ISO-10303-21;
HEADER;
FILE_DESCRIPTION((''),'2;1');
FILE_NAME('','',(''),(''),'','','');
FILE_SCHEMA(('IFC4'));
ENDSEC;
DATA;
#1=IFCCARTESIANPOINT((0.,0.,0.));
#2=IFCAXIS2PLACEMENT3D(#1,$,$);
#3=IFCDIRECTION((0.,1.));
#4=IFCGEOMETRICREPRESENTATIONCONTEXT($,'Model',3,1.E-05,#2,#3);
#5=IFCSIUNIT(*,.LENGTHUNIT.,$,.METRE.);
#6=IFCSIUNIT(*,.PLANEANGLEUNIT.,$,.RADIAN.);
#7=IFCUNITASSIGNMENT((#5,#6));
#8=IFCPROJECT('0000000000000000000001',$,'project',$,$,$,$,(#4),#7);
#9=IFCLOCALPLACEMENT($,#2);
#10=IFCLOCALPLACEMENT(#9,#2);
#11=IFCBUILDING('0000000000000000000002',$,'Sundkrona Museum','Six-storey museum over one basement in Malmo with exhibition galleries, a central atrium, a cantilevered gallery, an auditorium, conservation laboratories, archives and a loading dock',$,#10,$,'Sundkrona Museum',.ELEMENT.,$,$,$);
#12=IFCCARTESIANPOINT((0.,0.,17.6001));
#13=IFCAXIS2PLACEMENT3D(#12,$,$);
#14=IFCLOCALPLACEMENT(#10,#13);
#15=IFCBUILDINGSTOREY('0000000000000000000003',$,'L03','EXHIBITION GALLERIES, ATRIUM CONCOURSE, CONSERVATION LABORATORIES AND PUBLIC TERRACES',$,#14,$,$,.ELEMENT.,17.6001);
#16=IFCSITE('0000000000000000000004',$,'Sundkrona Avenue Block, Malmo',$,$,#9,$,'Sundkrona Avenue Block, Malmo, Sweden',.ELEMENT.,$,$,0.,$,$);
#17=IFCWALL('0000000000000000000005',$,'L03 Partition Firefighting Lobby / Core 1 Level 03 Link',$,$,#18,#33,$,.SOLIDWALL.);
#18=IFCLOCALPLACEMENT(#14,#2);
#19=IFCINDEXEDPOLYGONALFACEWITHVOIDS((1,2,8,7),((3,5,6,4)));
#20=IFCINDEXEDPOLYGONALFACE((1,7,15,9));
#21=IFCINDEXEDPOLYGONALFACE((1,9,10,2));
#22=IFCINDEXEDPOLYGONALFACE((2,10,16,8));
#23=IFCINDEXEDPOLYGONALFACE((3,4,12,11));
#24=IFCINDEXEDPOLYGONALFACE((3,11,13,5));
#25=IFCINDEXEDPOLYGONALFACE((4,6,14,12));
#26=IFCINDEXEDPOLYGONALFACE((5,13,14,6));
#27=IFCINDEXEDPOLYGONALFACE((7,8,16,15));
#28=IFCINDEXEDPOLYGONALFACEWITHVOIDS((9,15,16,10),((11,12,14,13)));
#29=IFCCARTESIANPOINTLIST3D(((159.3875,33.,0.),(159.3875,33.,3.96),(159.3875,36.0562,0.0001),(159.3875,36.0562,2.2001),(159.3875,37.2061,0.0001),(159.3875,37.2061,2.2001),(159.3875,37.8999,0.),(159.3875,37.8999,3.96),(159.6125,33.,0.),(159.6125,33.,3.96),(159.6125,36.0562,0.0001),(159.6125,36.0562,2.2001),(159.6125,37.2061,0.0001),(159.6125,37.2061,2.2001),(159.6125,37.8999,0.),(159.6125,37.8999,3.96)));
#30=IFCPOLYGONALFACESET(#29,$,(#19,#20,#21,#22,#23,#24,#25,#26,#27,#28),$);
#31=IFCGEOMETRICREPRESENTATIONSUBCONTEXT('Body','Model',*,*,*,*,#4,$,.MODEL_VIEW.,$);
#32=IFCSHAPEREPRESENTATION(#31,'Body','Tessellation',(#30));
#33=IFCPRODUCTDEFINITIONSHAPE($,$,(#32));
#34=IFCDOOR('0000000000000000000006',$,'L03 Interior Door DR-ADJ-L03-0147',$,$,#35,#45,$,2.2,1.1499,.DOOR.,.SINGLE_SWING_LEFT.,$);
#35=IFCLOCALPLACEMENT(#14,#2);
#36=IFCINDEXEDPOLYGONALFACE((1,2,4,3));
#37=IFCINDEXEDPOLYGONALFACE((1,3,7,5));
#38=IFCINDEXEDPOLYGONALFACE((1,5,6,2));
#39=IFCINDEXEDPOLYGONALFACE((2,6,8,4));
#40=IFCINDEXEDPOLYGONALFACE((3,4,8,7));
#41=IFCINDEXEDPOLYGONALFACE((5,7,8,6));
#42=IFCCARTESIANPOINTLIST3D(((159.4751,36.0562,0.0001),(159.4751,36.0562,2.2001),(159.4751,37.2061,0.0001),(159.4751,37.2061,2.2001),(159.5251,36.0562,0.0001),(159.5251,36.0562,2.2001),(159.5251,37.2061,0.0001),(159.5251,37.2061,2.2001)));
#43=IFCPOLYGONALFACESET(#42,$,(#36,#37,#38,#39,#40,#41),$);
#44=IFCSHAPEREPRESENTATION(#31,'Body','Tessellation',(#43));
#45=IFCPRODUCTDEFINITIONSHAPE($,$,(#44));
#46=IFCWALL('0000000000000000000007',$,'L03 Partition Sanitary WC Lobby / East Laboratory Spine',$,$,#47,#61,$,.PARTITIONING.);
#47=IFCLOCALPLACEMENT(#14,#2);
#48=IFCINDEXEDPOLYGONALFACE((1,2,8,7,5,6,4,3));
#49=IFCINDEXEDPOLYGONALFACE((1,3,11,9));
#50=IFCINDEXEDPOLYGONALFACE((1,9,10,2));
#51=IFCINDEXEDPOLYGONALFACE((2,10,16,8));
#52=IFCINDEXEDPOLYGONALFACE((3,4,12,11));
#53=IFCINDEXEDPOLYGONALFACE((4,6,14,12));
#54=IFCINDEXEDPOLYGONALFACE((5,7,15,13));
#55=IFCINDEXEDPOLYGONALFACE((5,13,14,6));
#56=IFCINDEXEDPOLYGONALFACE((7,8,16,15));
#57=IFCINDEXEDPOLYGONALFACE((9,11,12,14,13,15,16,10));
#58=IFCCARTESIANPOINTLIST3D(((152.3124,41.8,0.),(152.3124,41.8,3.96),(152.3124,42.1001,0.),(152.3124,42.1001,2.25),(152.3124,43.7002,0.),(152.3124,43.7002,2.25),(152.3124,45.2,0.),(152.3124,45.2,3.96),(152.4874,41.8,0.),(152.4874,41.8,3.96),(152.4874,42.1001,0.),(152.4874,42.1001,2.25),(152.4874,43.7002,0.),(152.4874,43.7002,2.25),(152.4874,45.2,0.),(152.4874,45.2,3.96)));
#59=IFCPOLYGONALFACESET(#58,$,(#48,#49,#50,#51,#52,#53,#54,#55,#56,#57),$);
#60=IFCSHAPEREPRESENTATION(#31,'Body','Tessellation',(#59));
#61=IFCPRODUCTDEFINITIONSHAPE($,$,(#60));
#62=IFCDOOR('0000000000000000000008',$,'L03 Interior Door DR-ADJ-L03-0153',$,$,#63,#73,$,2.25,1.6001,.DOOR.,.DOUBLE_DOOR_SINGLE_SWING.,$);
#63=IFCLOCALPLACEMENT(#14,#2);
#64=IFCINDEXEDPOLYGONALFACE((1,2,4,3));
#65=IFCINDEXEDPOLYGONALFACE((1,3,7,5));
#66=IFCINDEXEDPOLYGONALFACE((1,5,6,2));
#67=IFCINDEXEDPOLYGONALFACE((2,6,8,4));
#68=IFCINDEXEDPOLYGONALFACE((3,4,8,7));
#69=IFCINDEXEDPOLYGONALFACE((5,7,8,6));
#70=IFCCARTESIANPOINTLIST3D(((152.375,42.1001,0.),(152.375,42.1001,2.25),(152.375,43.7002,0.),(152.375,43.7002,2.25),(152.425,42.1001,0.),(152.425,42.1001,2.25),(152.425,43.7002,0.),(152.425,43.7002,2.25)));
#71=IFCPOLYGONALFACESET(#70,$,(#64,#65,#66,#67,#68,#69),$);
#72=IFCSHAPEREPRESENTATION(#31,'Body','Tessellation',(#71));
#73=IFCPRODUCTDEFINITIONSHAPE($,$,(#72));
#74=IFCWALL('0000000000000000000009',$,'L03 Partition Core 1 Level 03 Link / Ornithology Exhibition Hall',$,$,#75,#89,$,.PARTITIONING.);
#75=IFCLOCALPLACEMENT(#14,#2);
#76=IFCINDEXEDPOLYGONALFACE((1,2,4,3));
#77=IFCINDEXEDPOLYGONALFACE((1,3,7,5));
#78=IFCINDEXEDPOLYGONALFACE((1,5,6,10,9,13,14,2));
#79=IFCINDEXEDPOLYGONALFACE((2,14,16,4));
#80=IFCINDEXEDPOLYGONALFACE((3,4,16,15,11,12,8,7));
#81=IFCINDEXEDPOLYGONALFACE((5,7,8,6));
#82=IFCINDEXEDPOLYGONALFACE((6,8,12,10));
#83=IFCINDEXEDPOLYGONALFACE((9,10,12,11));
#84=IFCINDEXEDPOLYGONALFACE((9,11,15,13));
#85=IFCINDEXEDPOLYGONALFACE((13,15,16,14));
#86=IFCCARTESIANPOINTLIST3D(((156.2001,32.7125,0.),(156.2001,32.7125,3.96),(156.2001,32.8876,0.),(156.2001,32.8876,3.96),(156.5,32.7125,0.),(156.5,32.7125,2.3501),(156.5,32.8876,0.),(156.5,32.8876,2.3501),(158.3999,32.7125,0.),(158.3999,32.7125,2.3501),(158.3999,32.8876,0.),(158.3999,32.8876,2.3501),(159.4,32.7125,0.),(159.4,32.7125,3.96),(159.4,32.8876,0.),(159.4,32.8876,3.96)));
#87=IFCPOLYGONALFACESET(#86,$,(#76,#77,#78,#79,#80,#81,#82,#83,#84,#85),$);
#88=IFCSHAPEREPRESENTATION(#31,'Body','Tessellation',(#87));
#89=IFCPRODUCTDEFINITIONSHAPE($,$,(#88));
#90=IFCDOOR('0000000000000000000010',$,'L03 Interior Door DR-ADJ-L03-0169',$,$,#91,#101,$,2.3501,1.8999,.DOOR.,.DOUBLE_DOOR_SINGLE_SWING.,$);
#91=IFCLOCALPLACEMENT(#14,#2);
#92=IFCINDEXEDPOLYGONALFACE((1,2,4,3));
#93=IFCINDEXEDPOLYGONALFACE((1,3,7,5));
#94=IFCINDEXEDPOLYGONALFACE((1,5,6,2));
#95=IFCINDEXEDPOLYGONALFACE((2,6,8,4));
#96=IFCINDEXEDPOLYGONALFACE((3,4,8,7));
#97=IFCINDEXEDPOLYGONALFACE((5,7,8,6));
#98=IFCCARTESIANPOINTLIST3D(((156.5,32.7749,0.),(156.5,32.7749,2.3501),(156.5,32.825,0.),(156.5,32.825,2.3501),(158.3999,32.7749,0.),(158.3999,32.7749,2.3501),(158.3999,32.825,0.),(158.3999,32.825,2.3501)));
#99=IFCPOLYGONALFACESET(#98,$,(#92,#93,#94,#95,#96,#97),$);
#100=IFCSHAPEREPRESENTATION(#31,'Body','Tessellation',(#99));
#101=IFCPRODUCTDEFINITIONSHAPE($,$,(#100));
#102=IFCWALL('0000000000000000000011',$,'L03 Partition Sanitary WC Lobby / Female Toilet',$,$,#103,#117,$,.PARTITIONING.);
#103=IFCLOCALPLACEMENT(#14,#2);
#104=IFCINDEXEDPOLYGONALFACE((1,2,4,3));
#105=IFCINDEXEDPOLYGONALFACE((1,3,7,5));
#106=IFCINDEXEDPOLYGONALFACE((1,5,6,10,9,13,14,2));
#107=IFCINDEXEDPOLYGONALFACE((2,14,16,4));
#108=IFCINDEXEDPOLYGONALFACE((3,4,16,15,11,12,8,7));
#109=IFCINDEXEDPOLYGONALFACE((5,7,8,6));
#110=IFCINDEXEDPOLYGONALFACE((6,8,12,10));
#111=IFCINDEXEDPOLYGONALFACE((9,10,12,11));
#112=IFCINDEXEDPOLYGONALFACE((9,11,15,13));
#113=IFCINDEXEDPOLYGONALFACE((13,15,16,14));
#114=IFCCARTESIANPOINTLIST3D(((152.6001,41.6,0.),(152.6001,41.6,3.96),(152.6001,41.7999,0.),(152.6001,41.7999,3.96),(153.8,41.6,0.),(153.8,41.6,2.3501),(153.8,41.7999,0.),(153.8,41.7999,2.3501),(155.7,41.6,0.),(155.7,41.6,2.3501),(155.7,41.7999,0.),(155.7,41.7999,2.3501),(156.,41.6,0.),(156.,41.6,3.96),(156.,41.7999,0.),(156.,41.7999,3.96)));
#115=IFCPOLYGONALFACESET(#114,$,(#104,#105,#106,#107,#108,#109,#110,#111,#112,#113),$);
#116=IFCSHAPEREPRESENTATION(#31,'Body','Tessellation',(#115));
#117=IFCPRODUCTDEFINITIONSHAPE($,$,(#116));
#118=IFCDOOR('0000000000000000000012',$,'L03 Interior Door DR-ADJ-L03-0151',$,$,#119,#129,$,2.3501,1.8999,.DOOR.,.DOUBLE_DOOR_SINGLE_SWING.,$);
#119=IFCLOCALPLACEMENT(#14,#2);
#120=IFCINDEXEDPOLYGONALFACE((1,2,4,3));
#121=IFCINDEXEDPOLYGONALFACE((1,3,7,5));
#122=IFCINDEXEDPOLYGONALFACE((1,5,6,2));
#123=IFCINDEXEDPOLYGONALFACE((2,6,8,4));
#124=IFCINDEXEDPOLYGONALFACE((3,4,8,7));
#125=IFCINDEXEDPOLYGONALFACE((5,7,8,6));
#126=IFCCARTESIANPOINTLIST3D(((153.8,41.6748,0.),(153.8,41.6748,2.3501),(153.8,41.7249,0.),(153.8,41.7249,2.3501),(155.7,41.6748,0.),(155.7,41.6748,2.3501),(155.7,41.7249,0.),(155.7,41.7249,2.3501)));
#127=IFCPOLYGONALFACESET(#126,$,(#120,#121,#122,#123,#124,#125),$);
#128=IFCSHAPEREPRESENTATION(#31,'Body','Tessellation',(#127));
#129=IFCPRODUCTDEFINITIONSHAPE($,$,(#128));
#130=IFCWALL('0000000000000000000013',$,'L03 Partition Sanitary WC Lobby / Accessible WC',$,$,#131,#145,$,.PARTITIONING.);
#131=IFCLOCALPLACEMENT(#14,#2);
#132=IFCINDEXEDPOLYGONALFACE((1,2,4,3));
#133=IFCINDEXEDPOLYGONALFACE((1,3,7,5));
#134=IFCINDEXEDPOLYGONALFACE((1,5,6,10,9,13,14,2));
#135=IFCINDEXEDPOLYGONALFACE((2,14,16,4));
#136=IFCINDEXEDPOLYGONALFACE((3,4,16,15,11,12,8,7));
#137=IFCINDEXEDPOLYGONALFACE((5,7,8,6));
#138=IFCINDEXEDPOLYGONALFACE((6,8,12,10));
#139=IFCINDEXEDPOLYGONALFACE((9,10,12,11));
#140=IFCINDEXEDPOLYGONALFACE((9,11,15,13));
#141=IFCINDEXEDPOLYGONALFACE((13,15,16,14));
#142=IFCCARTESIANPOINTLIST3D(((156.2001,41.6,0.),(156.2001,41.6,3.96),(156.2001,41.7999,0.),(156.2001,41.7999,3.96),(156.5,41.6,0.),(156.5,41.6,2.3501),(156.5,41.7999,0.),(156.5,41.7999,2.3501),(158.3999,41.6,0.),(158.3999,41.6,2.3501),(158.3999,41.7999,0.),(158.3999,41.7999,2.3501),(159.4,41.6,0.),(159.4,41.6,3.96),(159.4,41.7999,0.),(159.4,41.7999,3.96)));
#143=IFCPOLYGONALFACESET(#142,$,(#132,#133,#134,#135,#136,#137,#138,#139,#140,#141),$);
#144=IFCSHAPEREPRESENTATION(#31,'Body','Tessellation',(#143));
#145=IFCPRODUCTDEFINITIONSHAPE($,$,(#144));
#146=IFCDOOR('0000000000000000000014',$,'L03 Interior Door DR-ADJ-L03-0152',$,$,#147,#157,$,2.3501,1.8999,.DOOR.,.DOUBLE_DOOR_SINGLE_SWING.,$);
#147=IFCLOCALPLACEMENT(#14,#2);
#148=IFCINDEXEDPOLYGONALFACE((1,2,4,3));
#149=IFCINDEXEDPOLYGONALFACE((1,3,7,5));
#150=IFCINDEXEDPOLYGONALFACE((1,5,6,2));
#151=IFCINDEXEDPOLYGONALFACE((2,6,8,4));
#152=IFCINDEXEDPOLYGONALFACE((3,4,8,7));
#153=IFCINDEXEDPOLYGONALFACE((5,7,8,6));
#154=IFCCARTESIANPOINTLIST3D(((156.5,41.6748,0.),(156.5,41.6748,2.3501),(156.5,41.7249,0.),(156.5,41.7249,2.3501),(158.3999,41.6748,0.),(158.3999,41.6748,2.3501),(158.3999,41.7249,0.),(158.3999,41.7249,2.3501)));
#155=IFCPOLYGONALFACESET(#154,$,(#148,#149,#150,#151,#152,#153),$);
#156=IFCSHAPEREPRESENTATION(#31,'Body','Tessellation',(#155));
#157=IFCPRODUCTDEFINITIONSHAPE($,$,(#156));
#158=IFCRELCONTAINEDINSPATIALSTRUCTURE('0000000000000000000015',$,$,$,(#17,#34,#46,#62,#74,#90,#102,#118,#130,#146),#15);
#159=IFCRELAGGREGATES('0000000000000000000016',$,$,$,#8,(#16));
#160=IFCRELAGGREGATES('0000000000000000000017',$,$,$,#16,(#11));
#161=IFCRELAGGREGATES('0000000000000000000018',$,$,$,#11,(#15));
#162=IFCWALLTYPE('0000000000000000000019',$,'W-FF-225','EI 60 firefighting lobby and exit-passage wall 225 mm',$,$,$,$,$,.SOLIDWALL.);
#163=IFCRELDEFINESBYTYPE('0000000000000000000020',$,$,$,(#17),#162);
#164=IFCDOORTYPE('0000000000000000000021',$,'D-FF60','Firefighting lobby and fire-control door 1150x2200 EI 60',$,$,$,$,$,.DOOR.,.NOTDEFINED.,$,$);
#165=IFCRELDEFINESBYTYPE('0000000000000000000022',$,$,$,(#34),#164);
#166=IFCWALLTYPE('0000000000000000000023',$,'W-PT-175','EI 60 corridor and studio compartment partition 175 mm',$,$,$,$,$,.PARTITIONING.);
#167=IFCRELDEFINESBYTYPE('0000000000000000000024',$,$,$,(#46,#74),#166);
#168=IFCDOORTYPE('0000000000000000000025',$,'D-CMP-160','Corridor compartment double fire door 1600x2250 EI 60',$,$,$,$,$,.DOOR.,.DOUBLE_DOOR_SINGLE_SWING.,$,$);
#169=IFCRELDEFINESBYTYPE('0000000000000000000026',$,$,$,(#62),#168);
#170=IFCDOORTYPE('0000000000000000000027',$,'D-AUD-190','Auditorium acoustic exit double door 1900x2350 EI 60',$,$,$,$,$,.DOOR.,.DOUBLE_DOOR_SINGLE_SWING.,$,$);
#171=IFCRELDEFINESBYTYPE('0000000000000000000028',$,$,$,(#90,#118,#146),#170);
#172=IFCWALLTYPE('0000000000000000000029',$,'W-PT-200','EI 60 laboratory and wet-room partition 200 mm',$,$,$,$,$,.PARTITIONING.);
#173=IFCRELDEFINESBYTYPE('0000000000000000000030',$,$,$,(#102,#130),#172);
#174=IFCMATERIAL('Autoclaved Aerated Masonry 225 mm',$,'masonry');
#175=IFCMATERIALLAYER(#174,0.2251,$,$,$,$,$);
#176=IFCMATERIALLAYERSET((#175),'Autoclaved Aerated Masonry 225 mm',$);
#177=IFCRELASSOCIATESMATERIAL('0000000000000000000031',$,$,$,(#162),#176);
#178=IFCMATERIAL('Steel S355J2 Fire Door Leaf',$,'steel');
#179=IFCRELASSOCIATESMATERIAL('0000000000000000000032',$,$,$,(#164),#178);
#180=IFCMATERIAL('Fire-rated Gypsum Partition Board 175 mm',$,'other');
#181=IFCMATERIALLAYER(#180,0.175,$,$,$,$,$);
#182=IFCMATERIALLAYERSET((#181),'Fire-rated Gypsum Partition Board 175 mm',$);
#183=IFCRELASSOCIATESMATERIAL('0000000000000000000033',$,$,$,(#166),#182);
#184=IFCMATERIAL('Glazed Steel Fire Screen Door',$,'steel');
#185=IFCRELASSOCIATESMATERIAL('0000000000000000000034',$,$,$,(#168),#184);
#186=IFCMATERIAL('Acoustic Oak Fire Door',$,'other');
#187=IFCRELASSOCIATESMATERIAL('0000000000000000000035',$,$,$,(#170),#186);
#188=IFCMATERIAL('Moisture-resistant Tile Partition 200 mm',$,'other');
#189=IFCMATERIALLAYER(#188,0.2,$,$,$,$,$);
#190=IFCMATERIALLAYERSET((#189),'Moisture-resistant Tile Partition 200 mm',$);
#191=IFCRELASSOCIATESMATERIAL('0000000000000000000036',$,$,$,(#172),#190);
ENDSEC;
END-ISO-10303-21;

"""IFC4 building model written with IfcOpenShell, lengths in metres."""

from ifc_helpers import new_model, si_unit, direction, frame, frame_2d, origin, place, context, subcontext, project, spatial, rectangle, extrude, material, layer, layer_set, type_object, element, fill, save


model = new_model("IFC4")

# Units and contexts
model_context = context("Model", 3, precision=1e-05, world=origin(), true_north=direction((0.0, 1.0)))
body_context = subcontext(model_context, "Body", "Model", "MODEL_VIEW")
ifc_project = project(units=[si_unit("LENGTHUNIT", "METRE"), si_unit("PLANEANGLEUNIT", "RADIAN")], contexts=[model_context])

# Site, building, storey
site_placement = place(None, origin())
site = spatial("IfcSite", under=ifc_project, at=site_placement, Name="Sundkrona Avenue Block, Malmo", LongName="Sundkrona Avenue Block, Malmo, Sweden", CompositionType="ELEMENT", RefElevation=0.0)
building_placement = place(site_placement, origin())
building = spatial("IfcBuilding", under=site, at=building_placement, Name="Sundkrona Museum", Description="Six-storey museum over one basement in Malmo with exhibition galleries, a central atrium, a cantilevered gallery, an auditorium, conservation laboratories, archives and a loading dock", LongName="Sundkrona Museum", CompositionType="ELEMENT")
storey_placement = place(building_placement, frame((0.0, 0.0, 17.6001)))
storey = spatial("IfcBuildingStorey", under=building, at=storey_placement, Name="L03", Description="EXHIBITION GALLERIES, ATRIUM CONCOURSE, CONSERVATION LABORATORIES AND PUBLIC TERRACES", CompositionType="ELEMENT", Elevation=17.6001)

# Walls, openings, doors
ifc_material_1 = material(Name="Autoclaved Aerated Masonry 225 mm", Category="masonry")
ifc_layer_1 = layer(ifc_material_1, 0.2251)
ifc_layer_set_1 = layer_set([ifc_layer_1], Name="Autoclaved Aerated Masonry 225 mm")
wall_type_1 = type_object("IfcWallType", Name="W-FF-225", Description="EI 60 firefighting lobby and exit-passage wall 225 mm", PredefinedType="SOLIDWALL", material=ifc_layer_set_1)
wall_1_placement = place(storey_placement, frame((159.5, 33.0, 0.0), z_axis=(0.0, 0.0, 1.0), x_axis=(0.0, 1.0, 0.0)))
wall_1 = element("IfcWall", 1, at=wall_1_placement, inside=storey, type_object=wall_type_1, Name="L03 Partition Firefighting Lobby / Core 1 Level 03 Link", PredefinedType="SOLIDWALL", context=body_context, shape_type="SweptSolid", body=[
    extrude(rectangle(XDim=4.8999, YDim=0.2251, at=frame_2d((2.45, 0.0))), origin(), (0.0, 0.0, 1.0), 3.96),
])
opening_1_placement = place(wall_1_placement, frame((3.0562, 0.0, 0.0)))
opening_1 = element("IfcOpeningElement", 2, at=opening_1_placement, cuts=wall_1, PredefinedType="OPENING", context=body_context, shape_type="SweptSolid", body=[
    extrude(rectangle(XDim=1.1499, YDim=2.2, at=frame_2d((0.575, 1.1001))), frame((0.0, 0.1226, 0.0), z_axis=(0.0, -1.0, 0.0), x_axis=(1.0, 0.0, 0.0)), (0.0, 0.0, 1.0), 0.2451),
])
ifc_material_2 = material(Name="Steel S355J2 Fire Door Leaf", Category="steel")
door_type_1 = type_object("IfcDoorType", Name="D-FF60", Description="Firefighting lobby and fire-control door 1150x2200 EI 60", OperationType="NOTDEFINED", PredefinedType="DOOR", material=ifc_material_2)
door_1_placement = place(opening_1_placement, origin())
door_1 = element("IfcDoor", 3, at=door_1_placement, inside=storey, type_object=door_type_1, Name="L03 Interior Door DR-ADJ-L03-0147", OperationType="SINGLE_SWING_LEFT", OverallHeight=2.2, OverallWidth=1.1499, PredefinedType="DOOR", context=body_context, shape_type="SweptSolid", body=[
    extrude(rectangle(XDim=1.1499, YDim=2.2, at=frame_2d((0.575, 1.1001))), frame((0.0, 0.0249, 0.0), z_axis=(0.0, -1.0, 0.0), x_axis=(1.0, 0.0, 0.0)), (0.0, 0.0, 1.0), 0.05),
])
fill(opening_1, door_1)
ifc_material_3 = material(Name="Fire-rated Gypsum Partition Board 175 mm", Category="other")
ifc_layer_2 = layer(ifc_material_3, 0.175)
ifc_layer_set_2 = layer_set([ifc_layer_2], Name="Fire-rated Gypsum Partition Board 175 mm")
wall_type_2 = type_object("IfcWallType", Name="W-PT-175", Description="EI 60 corridor and studio compartment partition 175 mm", PredefinedType="PARTITIONING", material=ifc_layer_set_2)
wall_2_placement = place(storey_placement, frame((152.3999, 41.8, 0.0), z_axis=(0.0, 0.0, 1.0), x_axis=(0.0, 1.0, 0.0)))
wall_2 = element("IfcWall", 4, at=wall_2_placement, inside=storey, type_object=wall_type_2, Name="L03 Partition Sanitary WC Lobby / East Laboratory Spine", PredefinedType="PARTITIONING", context=body_context, shape_type="SweptSolid", body=[
    extrude(rectangle(XDim=3.3999, YDim=0.175, at=frame_2d((1.7, 0.0))), origin(), (0.0, 0.0, 1.0), 3.96),
])
opening_2_placement = place(wall_2_placement, frame((0.3, 0.0, 0.0)))
opening_2 = element("IfcOpeningElement", 5, at=opening_2_placement, cuts=wall_2, PredefinedType="OPENING", context=body_context, shape_type="SweptSolid", body=[
    extrude(rectangle(XDim=1.6001, YDim=2.25, at=frame_2d((0.8, 1.125))), frame((0.0, 0.0974, 0.0), z_axis=(0.0, -1.0, 0.0), x_axis=(1.0, 0.0, 0.0)), (0.0, 0.0, 1.0), 0.1951),
])
ifc_material_4 = material(Name="Glazed Steel Fire Screen Door", Category="steel")
door_type_2 = type_object("IfcDoorType", Name="D-CMP-160", Description="Corridor compartment double fire door 1600x2250 EI 60", OperationType="DOUBLE_DOOR_SINGLE_SWING", PredefinedType="DOOR", material=ifc_material_4)
door_2_placement = place(opening_2_placement, origin())
door_2 = element("IfcDoor", 6, at=door_2_placement, inside=storey, type_object=door_type_2, Name="L03 Interior Door DR-ADJ-L03-0153", OperationType="DOUBLE_DOOR_SINGLE_SWING", OverallHeight=2.25, OverallWidth=1.6001, PredefinedType="DOOR", context=body_context, shape_type="SweptSolid", body=[
    extrude(rectangle(XDim=1.6001, YDim=2.25, at=frame_2d((0.8, 1.125))), frame((0.0, 0.0249, 0.0), z_axis=(0.0, -1.0, 0.0), x_axis=(1.0, 0.0, 0.0)), (0.0, 0.0, 1.0), 0.05),
])
fill(opening_2, door_2)
wall_3_placement = place(storey_placement, frame((156.2, 32.8, 0.0), z_axis=(0.0, 0.0, 1.0), x_axis=(1.0, 0.0, 0.0)))
wall_3 = element("IfcWall", 7, at=wall_3_placement, inside=storey, type_object=wall_type_2, Name="L03 Partition Core 1 Level 03 Link / Ornithology Exhibition Hall", PredefinedType="PARTITIONING", context=body_context, shape_type="SweptSolid", body=[
    extrude(rectangle(XDim=3.2, YDim=0.175, at=frame_2d((1.6001, 0.0))), origin(), (0.0, 0.0, 1.0), 3.96),
])
opening_3_placement = place(wall_3_placement, frame((0.3, 0.0, 0.0)))
opening_3 = element("IfcOpeningElement", 8, at=opening_3_placement, cuts=wall_3, PredefinedType="OPENING", context=body_context, shape_type="SweptSolid", body=[
    extrude(rectangle(XDim=1.8999, YDim=2.3501, at=frame_2d((0.95, 1.175))), frame((0.0, 0.0974, 0.0), z_axis=(0.0, -1.0, 0.0), x_axis=(1.0, 0.0, 0.0)), (0.0, 0.0, 1.0), 0.1951),
])
ifc_material_5 = material(Name="Acoustic Oak Fire Door", Category="other")
door_type_3 = type_object("IfcDoorType", Name="D-AUD-190", Description="Auditorium acoustic exit double door 1900x2350 EI 60", OperationType="DOUBLE_DOOR_SINGLE_SWING", PredefinedType="DOOR", material=ifc_material_5)
door_3_placement = place(opening_3_placement, origin())
door_3 = element("IfcDoor", 9, at=door_3_placement, inside=storey, type_object=door_type_3, Name="L03 Interior Door DR-ADJ-L03-0169", OperationType="DOUBLE_DOOR_SINGLE_SWING", OverallHeight=2.3501, OverallWidth=1.8999, PredefinedType="DOOR", context=body_context, shape_type="SweptSolid", body=[
    extrude(rectangle(XDim=1.8999, YDim=2.3501, at=frame_2d((0.95, 1.175))), frame((0.0, 0.0249, 0.0), z_axis=(0.0, -1.0, 0.0), x_axis=(1.0, 0.0, 0.0)), (0.0, 0.0, 1.0), 0.05),
])
fill(opening_3, door_3)
ifc_material_6 = material(Name="Moisture-resistant Tile Partition 200 mm", Category="other")
ifc_layer_3 = layer(ifc_material_6, 0.2)
ifc_layer_set_3 = layer_set([ifc_layer_3], Name="Moisture-resistant Tile Partition 200 mm")
wall_type_3 = type_object("IfcWallType", Name="W-PT-200", Description="EI 60 laboratory and wet-room partition 200 mm", PredefinedType="PARTITIONING", material=ifc_layer_set_3)
wall_4_placement = place(storey_placement, frame((152.6001, 41.7, 0.0), z_axis=(0.0, 0.0, 1.0), x_axis=(1.0, 0.0, 0.0)))
wall_4 = element("IfcWall", 10, at=wall_4_placement, inside=storey, type_object=wall_type_3, Name="L03 Partition Sanitary WC Lobby / Female Toilet", PredefinedType="PARTITIONING", context=body_context, shape_type="SweptSolid", body=[
    extrude(rectangle(XDim=3.3999, YDim=0.2, at=frame_2d((1.7, 0.0))), origin(), (0.0, 0.0, 1.0), 3.96),
])
opening_4_placement = place(wall_4_placement, frame((1.2, 0.0, 0.0)))
opening_4 = element("IfcOpeningElement", 11, at=opening_4_placement, cuts=wall_4, PredefinedType="OPENING", context=body_context, shape_type="SweptSolid", body=[
    extrude(rectangle(XDim=1.8999, YDim=2.3501, at=frame_2d((0.95, 1.175))), frame((0.0, 0.1099, 0.0), z_axis=(0.0, -1.0, 0.0), x_axis=(1.0, 0.0, 0.0)), (0.0, 0.0, 1.0), 0.22),
])
door_4_placement = place(opening_4_placement, origin())
door_4 = element("IfcDoor", 12, at=door_4_placement, inside=storey, type_object=door_type_3, Name="L03 Interior Door DR-ADJ-L03-0151", OperationType="DOUBLE_DOOR_SINGLE_SWING", OverallHeight=2.3501, OverallWidth=1.8999, PredefinedType="DOOR", context=body_context, shape_type="SweptSolid", body=[
    extrude(rectangle(XDim=1.8999, YDim=2.3501, at=frame_2d((0.95, 1.175))), frame((0.0, 0.0249, 0.0), z_axis=(0.0, -1.0, 0.0), x_axis=(1.0, 0.0, 0.0)), (0.0, 0.0, 1.0), 0.05),
])
fill(opening_4, door_4)
wall_5_placement = place(storey_placement, frame((156.2, 41.7, 0.0), z_axis=(0.0, 0.0, 1.0), x_axis=(1.0, 0.0, 0.0)))
wall_5 = element("IfcWall", 13, at=wall_5_placement, inside=storey, type_object=wall_type_3, Name="L03 Partition Sanitary WC Lobby / Accessible WC", PredefinedType="PARTITIONING", context=body_context, shape_type="SweptSolid", body=[
    extrude(rectangle(XDim=3.2, YDim=0.2, at=frame_2d((1.6001, 0.0))), origin(), (0.0, 0.0, 1.0), 3.96),
])
opening_5_placement = place(wall_5_placement, frame((0.3, 0.0, 0.0)))
opening_5 = element("IfcOpeningElement", 14, at=opening_5_placement, cuts=wall_5, PredefinedType="OPENING", context=body_context, shape_type="SweptSolid", body=[
    extrude(rectangle(XDim=1.8999, YDim=2.3501, at=frame_2d((0.95, 1.175))), frame((0.0, 0.1099, 0.0), z_axis=(0.0, -1.0, 0.0), x_axis=(1.0, 0.0, 0.0)), (0.0, 0.0, 1.0), 0.22),
])
door_5_placement = place(opening_5_placement, origin())
door_5 = element("IfcDoor", 15, at=door_5_placement, inside=storey, type_object=door_type_3, Name="L03 Interior Door DR-ADJ-L03-0152", OperationType="DOUBLE_DOOR_SINGLE_SWING", OverallHeight=2.3501, OverallWidth=1.8999, PredefinedType="DOOR", context=body_context, shape_type="SweptSolid", body=[
    extrude(rectangle(XDim=1.8999, YDim=2.3501, at=frame_2d((0.95, 1.175))), frame((0.0, 0.0249, 0.0), z_axis=(0.0, -1.0, 0.0), x_axis=(1.0, 0.0, 0.0)), (0.0, 0.0, 1.0), 0.05),
])
fill(opening_5, door_5)

save(model, "model.ifc")
